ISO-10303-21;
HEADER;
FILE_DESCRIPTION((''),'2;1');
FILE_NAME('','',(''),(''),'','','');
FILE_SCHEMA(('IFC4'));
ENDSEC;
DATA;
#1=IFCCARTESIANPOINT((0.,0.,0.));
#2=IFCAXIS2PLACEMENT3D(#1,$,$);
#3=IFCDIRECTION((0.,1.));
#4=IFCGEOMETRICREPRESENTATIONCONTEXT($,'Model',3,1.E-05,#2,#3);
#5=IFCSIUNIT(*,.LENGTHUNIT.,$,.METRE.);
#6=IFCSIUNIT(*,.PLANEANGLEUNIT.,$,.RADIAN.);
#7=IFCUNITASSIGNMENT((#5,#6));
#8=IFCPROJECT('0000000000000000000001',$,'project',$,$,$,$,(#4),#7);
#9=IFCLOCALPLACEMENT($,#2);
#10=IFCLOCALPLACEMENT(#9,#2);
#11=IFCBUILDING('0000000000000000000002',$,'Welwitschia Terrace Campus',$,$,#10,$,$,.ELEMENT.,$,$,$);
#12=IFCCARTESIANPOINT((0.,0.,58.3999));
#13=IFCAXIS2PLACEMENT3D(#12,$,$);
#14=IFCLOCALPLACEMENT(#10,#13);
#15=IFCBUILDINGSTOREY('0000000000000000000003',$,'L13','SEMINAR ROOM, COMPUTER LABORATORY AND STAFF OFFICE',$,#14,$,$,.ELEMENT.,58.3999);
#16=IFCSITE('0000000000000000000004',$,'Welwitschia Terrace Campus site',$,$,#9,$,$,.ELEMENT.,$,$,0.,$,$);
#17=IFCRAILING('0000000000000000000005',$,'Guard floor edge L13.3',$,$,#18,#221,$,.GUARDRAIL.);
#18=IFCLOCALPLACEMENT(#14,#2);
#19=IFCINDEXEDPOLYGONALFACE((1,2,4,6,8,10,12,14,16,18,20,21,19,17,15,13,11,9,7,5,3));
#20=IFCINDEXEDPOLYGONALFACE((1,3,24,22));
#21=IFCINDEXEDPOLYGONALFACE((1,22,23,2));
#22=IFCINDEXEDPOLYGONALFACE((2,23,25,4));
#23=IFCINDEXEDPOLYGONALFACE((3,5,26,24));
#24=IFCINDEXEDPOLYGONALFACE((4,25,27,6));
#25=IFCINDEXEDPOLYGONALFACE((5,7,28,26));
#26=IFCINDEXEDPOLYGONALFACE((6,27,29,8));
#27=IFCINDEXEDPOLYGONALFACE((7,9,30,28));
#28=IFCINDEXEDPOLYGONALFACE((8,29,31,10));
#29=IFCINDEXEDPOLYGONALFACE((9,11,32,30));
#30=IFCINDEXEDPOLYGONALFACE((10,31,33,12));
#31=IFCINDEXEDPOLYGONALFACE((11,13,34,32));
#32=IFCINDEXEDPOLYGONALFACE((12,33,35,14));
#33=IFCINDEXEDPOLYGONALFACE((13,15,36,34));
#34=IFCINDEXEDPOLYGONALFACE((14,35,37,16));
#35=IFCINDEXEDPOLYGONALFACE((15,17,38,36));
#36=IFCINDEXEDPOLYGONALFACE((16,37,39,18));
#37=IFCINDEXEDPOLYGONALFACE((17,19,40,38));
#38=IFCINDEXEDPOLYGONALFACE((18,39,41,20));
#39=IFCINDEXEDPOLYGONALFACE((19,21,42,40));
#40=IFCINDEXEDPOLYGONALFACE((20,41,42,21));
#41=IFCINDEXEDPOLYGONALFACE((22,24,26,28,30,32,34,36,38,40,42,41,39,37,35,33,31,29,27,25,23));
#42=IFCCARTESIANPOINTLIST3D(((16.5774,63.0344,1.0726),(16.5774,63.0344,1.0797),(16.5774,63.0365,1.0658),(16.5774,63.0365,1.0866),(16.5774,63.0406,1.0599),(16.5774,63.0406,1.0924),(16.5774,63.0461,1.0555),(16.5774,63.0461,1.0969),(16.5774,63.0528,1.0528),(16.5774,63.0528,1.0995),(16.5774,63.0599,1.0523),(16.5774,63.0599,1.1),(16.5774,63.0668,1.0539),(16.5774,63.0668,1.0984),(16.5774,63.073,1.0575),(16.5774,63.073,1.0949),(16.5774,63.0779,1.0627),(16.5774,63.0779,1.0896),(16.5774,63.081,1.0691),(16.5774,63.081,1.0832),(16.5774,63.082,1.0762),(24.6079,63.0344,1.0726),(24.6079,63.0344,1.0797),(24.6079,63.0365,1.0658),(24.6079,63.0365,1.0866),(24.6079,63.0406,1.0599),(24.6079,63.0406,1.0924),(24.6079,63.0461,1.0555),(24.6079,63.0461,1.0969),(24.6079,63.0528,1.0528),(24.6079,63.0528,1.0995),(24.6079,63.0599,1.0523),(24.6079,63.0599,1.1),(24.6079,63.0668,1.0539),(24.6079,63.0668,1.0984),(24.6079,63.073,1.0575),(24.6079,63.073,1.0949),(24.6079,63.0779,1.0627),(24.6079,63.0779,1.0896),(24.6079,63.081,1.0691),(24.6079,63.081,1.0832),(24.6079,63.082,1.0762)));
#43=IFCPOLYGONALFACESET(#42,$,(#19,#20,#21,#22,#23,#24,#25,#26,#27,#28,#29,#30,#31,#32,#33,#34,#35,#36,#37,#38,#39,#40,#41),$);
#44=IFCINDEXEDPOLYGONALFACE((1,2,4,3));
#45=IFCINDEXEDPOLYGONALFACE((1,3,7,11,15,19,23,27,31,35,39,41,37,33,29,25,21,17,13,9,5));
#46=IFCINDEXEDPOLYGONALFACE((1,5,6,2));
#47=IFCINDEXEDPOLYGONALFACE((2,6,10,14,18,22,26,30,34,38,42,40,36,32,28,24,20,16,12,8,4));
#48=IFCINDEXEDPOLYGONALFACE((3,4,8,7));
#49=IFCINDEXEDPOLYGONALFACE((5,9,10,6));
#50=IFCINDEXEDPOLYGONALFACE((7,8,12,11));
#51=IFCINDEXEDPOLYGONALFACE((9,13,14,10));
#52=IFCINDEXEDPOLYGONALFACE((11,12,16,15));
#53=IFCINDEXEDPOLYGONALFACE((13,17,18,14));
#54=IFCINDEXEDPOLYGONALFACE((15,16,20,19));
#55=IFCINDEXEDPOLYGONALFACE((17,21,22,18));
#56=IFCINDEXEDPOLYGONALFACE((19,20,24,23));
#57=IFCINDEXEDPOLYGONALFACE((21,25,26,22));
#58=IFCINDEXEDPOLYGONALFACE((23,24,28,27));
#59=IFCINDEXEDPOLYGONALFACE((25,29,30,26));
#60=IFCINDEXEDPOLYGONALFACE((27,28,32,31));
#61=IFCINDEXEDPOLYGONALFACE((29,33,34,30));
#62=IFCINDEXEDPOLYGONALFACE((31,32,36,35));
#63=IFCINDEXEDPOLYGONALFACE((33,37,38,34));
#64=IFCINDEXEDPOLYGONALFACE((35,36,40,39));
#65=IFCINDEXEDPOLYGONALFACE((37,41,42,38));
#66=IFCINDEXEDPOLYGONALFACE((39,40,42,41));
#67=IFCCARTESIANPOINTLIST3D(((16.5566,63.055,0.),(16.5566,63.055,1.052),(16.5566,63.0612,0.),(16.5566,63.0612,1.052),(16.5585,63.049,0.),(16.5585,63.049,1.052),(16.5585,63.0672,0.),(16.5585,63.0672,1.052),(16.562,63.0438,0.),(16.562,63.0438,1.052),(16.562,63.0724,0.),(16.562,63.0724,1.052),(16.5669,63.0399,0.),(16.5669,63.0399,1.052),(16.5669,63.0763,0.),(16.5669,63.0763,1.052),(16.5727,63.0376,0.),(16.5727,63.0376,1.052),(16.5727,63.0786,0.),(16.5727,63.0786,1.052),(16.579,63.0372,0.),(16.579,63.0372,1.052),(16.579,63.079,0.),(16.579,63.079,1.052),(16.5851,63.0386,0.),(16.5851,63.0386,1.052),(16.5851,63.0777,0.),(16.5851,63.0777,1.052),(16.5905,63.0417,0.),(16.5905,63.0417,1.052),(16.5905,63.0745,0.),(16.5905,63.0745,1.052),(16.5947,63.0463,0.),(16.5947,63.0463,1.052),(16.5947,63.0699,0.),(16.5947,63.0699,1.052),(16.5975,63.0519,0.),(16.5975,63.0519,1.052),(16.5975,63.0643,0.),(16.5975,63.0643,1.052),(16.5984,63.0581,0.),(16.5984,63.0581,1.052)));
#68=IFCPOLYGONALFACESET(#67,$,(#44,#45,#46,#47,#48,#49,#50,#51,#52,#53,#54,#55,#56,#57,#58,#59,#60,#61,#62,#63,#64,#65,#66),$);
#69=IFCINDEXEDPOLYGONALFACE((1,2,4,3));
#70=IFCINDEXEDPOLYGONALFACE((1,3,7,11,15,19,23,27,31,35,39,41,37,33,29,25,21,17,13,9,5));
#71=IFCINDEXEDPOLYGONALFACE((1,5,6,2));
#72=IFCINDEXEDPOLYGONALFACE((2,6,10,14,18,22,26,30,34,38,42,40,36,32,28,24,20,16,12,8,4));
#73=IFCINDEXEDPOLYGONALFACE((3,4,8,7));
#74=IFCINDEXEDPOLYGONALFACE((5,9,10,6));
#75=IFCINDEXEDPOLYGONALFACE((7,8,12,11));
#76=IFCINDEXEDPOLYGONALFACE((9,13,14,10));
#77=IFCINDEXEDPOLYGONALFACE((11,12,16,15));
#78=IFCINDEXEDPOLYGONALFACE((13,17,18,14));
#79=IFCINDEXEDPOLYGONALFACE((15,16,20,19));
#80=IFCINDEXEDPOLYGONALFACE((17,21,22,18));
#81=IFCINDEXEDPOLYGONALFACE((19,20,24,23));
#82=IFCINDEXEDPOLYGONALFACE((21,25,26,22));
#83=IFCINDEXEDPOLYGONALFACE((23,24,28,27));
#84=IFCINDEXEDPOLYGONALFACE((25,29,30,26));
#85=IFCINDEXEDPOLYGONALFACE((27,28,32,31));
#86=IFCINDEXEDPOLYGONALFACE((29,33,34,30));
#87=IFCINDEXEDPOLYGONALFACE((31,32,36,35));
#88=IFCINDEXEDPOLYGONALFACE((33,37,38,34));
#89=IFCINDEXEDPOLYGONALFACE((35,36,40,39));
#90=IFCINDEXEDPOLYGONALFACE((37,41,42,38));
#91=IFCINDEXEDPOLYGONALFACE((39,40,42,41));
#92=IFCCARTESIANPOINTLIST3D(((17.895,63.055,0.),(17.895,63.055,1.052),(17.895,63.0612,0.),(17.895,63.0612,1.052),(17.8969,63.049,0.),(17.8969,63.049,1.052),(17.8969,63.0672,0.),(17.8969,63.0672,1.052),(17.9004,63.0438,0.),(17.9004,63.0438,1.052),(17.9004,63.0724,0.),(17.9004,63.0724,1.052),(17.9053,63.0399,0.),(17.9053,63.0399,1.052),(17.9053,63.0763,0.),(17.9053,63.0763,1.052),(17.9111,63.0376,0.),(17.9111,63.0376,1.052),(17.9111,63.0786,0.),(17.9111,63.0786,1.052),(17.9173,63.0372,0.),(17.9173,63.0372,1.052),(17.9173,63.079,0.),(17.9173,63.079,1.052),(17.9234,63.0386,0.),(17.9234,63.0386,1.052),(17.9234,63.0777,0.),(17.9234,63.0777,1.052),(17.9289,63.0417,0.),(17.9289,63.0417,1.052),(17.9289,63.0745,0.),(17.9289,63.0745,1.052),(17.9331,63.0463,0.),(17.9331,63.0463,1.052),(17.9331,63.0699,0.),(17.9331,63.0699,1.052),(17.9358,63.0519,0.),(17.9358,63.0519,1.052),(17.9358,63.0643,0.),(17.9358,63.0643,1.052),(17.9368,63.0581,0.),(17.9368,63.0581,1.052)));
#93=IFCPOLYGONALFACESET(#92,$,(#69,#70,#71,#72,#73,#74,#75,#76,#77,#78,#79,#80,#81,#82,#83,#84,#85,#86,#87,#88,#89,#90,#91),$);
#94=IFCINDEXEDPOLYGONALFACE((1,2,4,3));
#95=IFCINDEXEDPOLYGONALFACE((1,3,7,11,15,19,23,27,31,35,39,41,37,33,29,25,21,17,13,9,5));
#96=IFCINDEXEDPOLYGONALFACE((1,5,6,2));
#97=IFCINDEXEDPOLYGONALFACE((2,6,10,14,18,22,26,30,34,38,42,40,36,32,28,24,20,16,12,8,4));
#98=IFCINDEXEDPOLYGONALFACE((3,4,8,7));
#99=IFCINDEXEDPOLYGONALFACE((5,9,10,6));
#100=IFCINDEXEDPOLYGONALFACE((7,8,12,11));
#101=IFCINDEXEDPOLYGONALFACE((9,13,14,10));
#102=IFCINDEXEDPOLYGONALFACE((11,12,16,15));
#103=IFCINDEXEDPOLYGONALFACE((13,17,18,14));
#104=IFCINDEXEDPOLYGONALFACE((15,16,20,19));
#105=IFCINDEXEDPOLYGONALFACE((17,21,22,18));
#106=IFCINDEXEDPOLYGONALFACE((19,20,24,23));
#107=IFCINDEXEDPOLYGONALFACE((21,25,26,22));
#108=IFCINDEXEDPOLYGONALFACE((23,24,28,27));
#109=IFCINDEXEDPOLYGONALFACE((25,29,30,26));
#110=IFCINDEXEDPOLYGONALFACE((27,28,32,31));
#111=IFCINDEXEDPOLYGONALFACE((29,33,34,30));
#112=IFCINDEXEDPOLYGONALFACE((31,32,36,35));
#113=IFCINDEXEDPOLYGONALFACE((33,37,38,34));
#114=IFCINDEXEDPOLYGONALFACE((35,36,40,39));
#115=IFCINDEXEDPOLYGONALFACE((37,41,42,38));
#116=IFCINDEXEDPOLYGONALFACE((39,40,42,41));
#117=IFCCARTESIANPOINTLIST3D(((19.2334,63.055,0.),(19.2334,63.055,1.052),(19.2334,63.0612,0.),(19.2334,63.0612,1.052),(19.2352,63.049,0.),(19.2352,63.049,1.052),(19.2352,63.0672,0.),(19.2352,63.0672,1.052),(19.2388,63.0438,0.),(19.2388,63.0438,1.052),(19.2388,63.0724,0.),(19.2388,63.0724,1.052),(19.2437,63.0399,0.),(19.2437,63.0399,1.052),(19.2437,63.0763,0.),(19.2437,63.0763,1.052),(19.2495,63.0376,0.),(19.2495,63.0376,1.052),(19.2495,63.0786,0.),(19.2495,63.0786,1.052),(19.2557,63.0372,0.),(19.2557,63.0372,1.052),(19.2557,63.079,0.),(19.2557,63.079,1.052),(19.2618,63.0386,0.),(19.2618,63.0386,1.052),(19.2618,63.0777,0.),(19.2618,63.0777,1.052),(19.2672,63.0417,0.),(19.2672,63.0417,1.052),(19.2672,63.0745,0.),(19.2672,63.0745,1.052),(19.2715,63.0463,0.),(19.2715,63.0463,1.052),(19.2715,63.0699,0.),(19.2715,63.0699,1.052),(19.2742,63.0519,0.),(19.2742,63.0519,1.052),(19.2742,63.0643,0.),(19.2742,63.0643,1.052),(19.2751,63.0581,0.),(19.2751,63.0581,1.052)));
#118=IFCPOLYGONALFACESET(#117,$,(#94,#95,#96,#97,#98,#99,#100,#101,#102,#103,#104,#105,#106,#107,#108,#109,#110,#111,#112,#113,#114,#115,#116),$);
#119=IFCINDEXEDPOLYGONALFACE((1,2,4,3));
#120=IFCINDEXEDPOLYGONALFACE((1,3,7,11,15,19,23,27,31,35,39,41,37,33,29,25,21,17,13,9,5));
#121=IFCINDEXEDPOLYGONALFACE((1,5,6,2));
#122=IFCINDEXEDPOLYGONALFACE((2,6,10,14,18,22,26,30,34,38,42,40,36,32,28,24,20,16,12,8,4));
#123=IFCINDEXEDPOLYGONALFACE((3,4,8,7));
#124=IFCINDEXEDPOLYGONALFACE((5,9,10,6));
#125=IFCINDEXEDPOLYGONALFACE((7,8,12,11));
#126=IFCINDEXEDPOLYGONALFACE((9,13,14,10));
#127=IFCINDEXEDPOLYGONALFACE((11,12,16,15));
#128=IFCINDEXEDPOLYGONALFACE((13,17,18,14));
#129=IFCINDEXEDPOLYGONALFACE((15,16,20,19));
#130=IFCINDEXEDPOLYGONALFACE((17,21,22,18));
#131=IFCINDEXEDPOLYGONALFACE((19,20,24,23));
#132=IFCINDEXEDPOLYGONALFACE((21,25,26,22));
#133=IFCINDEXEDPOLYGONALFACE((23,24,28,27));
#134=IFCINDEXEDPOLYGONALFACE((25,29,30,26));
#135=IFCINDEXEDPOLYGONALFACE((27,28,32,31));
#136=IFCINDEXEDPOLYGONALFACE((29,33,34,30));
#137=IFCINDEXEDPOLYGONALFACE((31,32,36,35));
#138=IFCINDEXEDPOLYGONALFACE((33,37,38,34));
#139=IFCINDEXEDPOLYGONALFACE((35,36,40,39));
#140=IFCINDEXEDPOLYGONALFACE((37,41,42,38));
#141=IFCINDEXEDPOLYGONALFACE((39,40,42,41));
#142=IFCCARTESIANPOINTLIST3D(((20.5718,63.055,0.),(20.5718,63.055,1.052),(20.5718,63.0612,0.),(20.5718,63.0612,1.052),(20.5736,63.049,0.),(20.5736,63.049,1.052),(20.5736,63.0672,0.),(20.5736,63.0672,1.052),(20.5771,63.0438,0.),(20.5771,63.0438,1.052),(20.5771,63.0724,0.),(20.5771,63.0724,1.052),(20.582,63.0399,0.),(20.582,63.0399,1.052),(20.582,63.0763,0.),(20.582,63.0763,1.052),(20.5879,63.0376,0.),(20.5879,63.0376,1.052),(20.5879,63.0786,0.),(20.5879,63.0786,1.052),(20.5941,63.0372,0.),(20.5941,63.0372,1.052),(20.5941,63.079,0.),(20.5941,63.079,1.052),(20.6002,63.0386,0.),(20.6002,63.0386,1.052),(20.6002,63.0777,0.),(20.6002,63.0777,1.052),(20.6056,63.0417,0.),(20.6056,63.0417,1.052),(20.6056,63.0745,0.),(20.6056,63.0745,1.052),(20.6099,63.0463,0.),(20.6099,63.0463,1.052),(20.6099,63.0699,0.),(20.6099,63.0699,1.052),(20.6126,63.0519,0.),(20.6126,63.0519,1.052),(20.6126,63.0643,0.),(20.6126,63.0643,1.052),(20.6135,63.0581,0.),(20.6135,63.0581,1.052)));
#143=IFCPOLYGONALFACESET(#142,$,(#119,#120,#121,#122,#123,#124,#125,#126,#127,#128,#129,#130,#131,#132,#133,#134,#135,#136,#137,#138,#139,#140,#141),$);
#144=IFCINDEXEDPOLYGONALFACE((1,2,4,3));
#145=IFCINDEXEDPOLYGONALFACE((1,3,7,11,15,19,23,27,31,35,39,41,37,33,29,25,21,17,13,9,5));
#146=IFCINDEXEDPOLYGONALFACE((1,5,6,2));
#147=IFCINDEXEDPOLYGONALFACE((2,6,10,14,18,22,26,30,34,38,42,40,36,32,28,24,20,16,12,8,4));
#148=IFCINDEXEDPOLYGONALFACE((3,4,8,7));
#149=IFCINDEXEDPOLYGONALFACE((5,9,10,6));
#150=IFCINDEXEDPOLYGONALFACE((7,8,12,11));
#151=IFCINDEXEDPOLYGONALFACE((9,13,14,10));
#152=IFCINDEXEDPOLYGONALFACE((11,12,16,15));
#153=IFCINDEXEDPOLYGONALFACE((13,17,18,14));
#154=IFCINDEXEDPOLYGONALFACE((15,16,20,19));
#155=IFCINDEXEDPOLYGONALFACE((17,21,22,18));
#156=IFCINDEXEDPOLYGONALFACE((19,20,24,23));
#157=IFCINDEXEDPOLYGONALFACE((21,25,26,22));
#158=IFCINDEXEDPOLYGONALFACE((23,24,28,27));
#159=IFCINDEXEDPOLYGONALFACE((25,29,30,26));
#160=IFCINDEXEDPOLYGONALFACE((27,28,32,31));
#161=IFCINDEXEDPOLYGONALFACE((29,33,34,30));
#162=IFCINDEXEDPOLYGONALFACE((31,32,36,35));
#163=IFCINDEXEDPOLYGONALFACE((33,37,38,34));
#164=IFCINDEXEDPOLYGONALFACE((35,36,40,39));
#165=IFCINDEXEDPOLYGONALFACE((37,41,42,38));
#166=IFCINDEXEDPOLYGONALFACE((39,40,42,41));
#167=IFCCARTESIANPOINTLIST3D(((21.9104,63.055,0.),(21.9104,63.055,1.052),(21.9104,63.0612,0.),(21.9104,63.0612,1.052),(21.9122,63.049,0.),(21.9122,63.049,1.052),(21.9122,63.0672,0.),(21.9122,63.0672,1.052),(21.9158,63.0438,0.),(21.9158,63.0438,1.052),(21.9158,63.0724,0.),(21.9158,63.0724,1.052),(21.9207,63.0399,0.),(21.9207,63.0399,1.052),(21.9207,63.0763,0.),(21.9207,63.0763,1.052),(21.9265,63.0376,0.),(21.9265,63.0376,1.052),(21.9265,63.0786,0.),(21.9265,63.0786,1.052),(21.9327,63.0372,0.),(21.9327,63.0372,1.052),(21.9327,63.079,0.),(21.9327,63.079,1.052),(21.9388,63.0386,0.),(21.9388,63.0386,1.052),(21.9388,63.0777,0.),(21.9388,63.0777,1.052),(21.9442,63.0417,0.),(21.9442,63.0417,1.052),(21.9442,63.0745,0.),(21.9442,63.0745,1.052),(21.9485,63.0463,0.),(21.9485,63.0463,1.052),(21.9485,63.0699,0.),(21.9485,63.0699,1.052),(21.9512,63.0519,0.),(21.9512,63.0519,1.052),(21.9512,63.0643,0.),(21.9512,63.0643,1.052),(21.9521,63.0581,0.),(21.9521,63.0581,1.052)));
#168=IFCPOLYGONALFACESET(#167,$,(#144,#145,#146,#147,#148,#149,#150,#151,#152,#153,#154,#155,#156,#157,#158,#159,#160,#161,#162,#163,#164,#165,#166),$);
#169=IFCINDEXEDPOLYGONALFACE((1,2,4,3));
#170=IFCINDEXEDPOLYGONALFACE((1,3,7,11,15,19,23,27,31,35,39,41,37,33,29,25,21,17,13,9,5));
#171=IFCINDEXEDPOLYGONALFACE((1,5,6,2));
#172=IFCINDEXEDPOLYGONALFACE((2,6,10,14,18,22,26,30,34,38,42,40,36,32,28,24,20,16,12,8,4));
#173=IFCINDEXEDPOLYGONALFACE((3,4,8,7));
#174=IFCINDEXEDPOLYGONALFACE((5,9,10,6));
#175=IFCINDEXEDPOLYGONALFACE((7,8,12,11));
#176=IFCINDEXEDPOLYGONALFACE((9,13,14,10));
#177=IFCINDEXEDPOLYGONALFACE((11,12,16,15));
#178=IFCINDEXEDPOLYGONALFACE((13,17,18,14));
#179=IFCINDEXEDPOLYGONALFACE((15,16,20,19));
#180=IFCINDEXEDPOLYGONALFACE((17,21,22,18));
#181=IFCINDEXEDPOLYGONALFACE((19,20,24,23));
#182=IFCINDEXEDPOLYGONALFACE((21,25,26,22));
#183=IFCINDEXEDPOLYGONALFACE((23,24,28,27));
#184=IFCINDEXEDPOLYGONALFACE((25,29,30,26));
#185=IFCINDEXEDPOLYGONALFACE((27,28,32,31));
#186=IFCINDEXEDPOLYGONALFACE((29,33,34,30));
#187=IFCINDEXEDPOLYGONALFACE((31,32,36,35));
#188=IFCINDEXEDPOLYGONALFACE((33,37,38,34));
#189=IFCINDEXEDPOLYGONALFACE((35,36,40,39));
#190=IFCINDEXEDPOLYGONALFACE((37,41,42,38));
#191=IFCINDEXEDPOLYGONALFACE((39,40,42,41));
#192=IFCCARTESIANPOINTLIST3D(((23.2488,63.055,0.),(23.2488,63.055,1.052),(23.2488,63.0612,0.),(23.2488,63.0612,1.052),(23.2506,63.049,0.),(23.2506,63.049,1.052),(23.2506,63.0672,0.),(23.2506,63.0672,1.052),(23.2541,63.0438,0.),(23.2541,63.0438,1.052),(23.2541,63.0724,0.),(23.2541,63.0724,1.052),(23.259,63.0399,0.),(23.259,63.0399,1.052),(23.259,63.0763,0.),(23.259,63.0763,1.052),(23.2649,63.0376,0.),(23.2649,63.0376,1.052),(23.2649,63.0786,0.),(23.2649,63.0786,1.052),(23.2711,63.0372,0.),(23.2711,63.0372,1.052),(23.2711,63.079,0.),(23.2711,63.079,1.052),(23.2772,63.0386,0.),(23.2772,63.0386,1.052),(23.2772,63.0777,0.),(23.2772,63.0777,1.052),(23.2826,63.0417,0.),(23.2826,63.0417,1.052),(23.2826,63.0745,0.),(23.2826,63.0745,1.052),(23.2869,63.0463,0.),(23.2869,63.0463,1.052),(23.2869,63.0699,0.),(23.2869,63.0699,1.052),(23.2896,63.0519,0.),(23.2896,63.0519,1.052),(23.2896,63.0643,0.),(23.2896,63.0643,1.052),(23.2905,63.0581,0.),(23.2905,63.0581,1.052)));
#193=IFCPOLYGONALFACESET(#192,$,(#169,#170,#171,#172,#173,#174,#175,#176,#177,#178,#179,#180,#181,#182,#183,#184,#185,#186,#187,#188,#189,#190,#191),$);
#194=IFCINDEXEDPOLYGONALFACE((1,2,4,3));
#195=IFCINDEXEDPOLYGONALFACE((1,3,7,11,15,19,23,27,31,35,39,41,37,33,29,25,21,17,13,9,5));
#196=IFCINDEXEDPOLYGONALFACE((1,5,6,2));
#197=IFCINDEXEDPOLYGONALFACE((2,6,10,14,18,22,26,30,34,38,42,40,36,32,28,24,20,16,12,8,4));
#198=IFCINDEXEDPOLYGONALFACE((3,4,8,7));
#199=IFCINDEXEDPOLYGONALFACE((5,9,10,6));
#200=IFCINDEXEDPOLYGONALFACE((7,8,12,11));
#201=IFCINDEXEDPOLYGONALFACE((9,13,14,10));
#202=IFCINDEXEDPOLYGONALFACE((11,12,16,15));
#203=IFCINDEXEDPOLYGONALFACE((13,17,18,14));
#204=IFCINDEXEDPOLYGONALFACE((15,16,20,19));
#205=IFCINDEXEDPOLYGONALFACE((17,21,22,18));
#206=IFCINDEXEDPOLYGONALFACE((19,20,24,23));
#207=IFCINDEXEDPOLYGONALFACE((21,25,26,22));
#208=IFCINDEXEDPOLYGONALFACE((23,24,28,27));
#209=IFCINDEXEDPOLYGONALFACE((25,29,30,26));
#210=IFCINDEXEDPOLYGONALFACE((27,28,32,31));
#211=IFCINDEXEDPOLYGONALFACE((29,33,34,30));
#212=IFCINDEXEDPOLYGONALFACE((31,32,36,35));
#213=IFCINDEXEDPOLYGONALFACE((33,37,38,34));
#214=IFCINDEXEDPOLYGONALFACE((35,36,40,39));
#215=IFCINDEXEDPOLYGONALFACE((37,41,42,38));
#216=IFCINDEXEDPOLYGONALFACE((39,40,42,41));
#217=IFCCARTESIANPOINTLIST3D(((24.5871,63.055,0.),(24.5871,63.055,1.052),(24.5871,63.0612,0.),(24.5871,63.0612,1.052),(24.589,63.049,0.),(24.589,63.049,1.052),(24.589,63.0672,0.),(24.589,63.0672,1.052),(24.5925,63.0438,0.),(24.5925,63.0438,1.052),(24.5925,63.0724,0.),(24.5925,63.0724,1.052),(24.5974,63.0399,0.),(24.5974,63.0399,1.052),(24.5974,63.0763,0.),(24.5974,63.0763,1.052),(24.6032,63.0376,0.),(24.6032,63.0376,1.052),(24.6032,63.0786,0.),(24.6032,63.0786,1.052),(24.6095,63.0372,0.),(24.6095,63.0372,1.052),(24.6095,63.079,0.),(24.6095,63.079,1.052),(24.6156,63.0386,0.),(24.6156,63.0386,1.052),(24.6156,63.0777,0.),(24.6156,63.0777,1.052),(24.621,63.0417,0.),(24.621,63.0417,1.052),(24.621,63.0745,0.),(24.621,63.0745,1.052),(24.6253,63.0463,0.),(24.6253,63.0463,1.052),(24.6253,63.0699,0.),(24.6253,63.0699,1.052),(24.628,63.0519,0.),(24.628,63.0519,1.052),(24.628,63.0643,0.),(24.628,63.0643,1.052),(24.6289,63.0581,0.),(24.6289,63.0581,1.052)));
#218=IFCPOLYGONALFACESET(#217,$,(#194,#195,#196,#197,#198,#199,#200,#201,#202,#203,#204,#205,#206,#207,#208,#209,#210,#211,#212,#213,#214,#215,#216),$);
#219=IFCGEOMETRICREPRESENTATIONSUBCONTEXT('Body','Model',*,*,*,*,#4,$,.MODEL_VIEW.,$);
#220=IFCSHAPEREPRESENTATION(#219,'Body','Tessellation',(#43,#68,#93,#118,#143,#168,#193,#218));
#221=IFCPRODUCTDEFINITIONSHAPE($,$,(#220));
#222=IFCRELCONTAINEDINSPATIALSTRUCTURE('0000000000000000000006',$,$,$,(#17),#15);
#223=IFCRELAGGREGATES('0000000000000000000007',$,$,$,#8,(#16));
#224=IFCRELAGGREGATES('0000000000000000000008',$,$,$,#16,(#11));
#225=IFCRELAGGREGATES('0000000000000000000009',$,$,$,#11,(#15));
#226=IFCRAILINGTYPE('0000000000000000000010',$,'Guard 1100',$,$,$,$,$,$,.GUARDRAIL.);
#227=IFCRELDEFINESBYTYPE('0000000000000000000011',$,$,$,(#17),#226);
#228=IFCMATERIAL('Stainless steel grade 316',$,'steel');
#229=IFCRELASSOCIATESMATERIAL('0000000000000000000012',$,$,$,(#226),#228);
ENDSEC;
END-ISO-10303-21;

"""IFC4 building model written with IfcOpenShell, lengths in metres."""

from ifc_helpers import new_model, si_unit, direction, frame, origin, origin_2d, place, context, subcontext, project, spatial, circle, extrude, material, type_object, element, save


model = new_model("IFC4")

# Units and contexts
model_context = context("Model", 3, precision=1e-05, world=origin(), true_north=direction((0.0, 1.0)))
body_context = subcontext(model_context, "Body", "Model", "MODEL_VIEW")
ifc_project = project(units=[si_unit("LENGTHUNIT", "METRE"), si_unit("PLANEANGLEUNIT", "RADIAN")], contexts=[model_context])

# Site, building, storey
site_placement = place(None, origin())
site = spatial("IfcSite", under=ifc_project, at=site_placement, Name="Welwitschia Terrace Campus site", CompositionType="ELEMENT", RefElevation=0.0)
building_placement = place(site_placement, origin())
building = spatial("IfcBuilding", under=site, at=building_placement, Name="Welwitschia Terrace Campus", CompositionType="ELEMENT")
storey_placement = place(building_placement, frame((0.0, 0.0, 58.3999)))
storey = spatial("IfcBuildingStorey", under=building, at=storey_placement, Name="L13", Description="SEMINAR ROOM, COMPUTER LABORATORY AND STAFF OFFICE", CompositionType="ELEMENT", Elevation=58.3999)

# Railing
ifc_material_1 = material(Name="Stainless steel grade 316", Category="steel")
railing_type = type_object("IfcRailingType", Name="Guard 1100", PredefinedType="GUARDRAIL", material=ifc_material_1)
railing_1_placement = place(storey_placement, frame((16.5774, 63.0581, 0.0)))
element("IfcRailing", 1, at=railing_1_placement, inside=storey, type_object=railing_type, Name="Guard floor edge L13.3", PredefinedType="GUARDRAIL", context=body_context, shape_type="SweptSolid", body=[
    extrude(circle(Radius=0.0239, at=origin_2d()), frame((0.0, 0.0, 1.0762), z_axis=(1.0, 0.0, 0.0), x_axis=(0.0, 1.0, 0.0)), (0.0, 0.0, 1.0), 8.0305),
    extrude(circle(Radius=0.021, at=origin_2d()), origin(), (0.0, 0.0, 1.0), 1.052),
    extrude(circle(Radius=0.021, at=origin_2d()), frame((1.3384, 0.0, 0.0)), (0.0, 0.0, 1.0), 1.052),
    extrude(circle(Radius=0.021, at=origin_2d()), frame((2.6768, 0.0, 0.0)), (0.0, 0.0, 1.0), 1.052),
    extrude(circle(Radius=0.021, at=origin_2d()), frame((4.0151, 0.0, 0.0)), (0.0, 0.0, 1.0), 1.052),
    extrude(circle(Radius=0.021, at=origin_2d()), frame((5.3538, 0.0, 0.0)), (0.0, 0.0, 1.0), 1.052),
    extrude(circle(Radius=0.021, at=origin_2d()), frame((6.6921, 0.0, 0.0)), (0.0, 0.0, 1.0), 1.052),
    extrude(circle(Radius=0.021, at=origin_2d()), frame((8.0305, 0.0, 0.0)), (0.0, 0.0, 1.0), 1.052),
])

save(model, "model.ifc")
